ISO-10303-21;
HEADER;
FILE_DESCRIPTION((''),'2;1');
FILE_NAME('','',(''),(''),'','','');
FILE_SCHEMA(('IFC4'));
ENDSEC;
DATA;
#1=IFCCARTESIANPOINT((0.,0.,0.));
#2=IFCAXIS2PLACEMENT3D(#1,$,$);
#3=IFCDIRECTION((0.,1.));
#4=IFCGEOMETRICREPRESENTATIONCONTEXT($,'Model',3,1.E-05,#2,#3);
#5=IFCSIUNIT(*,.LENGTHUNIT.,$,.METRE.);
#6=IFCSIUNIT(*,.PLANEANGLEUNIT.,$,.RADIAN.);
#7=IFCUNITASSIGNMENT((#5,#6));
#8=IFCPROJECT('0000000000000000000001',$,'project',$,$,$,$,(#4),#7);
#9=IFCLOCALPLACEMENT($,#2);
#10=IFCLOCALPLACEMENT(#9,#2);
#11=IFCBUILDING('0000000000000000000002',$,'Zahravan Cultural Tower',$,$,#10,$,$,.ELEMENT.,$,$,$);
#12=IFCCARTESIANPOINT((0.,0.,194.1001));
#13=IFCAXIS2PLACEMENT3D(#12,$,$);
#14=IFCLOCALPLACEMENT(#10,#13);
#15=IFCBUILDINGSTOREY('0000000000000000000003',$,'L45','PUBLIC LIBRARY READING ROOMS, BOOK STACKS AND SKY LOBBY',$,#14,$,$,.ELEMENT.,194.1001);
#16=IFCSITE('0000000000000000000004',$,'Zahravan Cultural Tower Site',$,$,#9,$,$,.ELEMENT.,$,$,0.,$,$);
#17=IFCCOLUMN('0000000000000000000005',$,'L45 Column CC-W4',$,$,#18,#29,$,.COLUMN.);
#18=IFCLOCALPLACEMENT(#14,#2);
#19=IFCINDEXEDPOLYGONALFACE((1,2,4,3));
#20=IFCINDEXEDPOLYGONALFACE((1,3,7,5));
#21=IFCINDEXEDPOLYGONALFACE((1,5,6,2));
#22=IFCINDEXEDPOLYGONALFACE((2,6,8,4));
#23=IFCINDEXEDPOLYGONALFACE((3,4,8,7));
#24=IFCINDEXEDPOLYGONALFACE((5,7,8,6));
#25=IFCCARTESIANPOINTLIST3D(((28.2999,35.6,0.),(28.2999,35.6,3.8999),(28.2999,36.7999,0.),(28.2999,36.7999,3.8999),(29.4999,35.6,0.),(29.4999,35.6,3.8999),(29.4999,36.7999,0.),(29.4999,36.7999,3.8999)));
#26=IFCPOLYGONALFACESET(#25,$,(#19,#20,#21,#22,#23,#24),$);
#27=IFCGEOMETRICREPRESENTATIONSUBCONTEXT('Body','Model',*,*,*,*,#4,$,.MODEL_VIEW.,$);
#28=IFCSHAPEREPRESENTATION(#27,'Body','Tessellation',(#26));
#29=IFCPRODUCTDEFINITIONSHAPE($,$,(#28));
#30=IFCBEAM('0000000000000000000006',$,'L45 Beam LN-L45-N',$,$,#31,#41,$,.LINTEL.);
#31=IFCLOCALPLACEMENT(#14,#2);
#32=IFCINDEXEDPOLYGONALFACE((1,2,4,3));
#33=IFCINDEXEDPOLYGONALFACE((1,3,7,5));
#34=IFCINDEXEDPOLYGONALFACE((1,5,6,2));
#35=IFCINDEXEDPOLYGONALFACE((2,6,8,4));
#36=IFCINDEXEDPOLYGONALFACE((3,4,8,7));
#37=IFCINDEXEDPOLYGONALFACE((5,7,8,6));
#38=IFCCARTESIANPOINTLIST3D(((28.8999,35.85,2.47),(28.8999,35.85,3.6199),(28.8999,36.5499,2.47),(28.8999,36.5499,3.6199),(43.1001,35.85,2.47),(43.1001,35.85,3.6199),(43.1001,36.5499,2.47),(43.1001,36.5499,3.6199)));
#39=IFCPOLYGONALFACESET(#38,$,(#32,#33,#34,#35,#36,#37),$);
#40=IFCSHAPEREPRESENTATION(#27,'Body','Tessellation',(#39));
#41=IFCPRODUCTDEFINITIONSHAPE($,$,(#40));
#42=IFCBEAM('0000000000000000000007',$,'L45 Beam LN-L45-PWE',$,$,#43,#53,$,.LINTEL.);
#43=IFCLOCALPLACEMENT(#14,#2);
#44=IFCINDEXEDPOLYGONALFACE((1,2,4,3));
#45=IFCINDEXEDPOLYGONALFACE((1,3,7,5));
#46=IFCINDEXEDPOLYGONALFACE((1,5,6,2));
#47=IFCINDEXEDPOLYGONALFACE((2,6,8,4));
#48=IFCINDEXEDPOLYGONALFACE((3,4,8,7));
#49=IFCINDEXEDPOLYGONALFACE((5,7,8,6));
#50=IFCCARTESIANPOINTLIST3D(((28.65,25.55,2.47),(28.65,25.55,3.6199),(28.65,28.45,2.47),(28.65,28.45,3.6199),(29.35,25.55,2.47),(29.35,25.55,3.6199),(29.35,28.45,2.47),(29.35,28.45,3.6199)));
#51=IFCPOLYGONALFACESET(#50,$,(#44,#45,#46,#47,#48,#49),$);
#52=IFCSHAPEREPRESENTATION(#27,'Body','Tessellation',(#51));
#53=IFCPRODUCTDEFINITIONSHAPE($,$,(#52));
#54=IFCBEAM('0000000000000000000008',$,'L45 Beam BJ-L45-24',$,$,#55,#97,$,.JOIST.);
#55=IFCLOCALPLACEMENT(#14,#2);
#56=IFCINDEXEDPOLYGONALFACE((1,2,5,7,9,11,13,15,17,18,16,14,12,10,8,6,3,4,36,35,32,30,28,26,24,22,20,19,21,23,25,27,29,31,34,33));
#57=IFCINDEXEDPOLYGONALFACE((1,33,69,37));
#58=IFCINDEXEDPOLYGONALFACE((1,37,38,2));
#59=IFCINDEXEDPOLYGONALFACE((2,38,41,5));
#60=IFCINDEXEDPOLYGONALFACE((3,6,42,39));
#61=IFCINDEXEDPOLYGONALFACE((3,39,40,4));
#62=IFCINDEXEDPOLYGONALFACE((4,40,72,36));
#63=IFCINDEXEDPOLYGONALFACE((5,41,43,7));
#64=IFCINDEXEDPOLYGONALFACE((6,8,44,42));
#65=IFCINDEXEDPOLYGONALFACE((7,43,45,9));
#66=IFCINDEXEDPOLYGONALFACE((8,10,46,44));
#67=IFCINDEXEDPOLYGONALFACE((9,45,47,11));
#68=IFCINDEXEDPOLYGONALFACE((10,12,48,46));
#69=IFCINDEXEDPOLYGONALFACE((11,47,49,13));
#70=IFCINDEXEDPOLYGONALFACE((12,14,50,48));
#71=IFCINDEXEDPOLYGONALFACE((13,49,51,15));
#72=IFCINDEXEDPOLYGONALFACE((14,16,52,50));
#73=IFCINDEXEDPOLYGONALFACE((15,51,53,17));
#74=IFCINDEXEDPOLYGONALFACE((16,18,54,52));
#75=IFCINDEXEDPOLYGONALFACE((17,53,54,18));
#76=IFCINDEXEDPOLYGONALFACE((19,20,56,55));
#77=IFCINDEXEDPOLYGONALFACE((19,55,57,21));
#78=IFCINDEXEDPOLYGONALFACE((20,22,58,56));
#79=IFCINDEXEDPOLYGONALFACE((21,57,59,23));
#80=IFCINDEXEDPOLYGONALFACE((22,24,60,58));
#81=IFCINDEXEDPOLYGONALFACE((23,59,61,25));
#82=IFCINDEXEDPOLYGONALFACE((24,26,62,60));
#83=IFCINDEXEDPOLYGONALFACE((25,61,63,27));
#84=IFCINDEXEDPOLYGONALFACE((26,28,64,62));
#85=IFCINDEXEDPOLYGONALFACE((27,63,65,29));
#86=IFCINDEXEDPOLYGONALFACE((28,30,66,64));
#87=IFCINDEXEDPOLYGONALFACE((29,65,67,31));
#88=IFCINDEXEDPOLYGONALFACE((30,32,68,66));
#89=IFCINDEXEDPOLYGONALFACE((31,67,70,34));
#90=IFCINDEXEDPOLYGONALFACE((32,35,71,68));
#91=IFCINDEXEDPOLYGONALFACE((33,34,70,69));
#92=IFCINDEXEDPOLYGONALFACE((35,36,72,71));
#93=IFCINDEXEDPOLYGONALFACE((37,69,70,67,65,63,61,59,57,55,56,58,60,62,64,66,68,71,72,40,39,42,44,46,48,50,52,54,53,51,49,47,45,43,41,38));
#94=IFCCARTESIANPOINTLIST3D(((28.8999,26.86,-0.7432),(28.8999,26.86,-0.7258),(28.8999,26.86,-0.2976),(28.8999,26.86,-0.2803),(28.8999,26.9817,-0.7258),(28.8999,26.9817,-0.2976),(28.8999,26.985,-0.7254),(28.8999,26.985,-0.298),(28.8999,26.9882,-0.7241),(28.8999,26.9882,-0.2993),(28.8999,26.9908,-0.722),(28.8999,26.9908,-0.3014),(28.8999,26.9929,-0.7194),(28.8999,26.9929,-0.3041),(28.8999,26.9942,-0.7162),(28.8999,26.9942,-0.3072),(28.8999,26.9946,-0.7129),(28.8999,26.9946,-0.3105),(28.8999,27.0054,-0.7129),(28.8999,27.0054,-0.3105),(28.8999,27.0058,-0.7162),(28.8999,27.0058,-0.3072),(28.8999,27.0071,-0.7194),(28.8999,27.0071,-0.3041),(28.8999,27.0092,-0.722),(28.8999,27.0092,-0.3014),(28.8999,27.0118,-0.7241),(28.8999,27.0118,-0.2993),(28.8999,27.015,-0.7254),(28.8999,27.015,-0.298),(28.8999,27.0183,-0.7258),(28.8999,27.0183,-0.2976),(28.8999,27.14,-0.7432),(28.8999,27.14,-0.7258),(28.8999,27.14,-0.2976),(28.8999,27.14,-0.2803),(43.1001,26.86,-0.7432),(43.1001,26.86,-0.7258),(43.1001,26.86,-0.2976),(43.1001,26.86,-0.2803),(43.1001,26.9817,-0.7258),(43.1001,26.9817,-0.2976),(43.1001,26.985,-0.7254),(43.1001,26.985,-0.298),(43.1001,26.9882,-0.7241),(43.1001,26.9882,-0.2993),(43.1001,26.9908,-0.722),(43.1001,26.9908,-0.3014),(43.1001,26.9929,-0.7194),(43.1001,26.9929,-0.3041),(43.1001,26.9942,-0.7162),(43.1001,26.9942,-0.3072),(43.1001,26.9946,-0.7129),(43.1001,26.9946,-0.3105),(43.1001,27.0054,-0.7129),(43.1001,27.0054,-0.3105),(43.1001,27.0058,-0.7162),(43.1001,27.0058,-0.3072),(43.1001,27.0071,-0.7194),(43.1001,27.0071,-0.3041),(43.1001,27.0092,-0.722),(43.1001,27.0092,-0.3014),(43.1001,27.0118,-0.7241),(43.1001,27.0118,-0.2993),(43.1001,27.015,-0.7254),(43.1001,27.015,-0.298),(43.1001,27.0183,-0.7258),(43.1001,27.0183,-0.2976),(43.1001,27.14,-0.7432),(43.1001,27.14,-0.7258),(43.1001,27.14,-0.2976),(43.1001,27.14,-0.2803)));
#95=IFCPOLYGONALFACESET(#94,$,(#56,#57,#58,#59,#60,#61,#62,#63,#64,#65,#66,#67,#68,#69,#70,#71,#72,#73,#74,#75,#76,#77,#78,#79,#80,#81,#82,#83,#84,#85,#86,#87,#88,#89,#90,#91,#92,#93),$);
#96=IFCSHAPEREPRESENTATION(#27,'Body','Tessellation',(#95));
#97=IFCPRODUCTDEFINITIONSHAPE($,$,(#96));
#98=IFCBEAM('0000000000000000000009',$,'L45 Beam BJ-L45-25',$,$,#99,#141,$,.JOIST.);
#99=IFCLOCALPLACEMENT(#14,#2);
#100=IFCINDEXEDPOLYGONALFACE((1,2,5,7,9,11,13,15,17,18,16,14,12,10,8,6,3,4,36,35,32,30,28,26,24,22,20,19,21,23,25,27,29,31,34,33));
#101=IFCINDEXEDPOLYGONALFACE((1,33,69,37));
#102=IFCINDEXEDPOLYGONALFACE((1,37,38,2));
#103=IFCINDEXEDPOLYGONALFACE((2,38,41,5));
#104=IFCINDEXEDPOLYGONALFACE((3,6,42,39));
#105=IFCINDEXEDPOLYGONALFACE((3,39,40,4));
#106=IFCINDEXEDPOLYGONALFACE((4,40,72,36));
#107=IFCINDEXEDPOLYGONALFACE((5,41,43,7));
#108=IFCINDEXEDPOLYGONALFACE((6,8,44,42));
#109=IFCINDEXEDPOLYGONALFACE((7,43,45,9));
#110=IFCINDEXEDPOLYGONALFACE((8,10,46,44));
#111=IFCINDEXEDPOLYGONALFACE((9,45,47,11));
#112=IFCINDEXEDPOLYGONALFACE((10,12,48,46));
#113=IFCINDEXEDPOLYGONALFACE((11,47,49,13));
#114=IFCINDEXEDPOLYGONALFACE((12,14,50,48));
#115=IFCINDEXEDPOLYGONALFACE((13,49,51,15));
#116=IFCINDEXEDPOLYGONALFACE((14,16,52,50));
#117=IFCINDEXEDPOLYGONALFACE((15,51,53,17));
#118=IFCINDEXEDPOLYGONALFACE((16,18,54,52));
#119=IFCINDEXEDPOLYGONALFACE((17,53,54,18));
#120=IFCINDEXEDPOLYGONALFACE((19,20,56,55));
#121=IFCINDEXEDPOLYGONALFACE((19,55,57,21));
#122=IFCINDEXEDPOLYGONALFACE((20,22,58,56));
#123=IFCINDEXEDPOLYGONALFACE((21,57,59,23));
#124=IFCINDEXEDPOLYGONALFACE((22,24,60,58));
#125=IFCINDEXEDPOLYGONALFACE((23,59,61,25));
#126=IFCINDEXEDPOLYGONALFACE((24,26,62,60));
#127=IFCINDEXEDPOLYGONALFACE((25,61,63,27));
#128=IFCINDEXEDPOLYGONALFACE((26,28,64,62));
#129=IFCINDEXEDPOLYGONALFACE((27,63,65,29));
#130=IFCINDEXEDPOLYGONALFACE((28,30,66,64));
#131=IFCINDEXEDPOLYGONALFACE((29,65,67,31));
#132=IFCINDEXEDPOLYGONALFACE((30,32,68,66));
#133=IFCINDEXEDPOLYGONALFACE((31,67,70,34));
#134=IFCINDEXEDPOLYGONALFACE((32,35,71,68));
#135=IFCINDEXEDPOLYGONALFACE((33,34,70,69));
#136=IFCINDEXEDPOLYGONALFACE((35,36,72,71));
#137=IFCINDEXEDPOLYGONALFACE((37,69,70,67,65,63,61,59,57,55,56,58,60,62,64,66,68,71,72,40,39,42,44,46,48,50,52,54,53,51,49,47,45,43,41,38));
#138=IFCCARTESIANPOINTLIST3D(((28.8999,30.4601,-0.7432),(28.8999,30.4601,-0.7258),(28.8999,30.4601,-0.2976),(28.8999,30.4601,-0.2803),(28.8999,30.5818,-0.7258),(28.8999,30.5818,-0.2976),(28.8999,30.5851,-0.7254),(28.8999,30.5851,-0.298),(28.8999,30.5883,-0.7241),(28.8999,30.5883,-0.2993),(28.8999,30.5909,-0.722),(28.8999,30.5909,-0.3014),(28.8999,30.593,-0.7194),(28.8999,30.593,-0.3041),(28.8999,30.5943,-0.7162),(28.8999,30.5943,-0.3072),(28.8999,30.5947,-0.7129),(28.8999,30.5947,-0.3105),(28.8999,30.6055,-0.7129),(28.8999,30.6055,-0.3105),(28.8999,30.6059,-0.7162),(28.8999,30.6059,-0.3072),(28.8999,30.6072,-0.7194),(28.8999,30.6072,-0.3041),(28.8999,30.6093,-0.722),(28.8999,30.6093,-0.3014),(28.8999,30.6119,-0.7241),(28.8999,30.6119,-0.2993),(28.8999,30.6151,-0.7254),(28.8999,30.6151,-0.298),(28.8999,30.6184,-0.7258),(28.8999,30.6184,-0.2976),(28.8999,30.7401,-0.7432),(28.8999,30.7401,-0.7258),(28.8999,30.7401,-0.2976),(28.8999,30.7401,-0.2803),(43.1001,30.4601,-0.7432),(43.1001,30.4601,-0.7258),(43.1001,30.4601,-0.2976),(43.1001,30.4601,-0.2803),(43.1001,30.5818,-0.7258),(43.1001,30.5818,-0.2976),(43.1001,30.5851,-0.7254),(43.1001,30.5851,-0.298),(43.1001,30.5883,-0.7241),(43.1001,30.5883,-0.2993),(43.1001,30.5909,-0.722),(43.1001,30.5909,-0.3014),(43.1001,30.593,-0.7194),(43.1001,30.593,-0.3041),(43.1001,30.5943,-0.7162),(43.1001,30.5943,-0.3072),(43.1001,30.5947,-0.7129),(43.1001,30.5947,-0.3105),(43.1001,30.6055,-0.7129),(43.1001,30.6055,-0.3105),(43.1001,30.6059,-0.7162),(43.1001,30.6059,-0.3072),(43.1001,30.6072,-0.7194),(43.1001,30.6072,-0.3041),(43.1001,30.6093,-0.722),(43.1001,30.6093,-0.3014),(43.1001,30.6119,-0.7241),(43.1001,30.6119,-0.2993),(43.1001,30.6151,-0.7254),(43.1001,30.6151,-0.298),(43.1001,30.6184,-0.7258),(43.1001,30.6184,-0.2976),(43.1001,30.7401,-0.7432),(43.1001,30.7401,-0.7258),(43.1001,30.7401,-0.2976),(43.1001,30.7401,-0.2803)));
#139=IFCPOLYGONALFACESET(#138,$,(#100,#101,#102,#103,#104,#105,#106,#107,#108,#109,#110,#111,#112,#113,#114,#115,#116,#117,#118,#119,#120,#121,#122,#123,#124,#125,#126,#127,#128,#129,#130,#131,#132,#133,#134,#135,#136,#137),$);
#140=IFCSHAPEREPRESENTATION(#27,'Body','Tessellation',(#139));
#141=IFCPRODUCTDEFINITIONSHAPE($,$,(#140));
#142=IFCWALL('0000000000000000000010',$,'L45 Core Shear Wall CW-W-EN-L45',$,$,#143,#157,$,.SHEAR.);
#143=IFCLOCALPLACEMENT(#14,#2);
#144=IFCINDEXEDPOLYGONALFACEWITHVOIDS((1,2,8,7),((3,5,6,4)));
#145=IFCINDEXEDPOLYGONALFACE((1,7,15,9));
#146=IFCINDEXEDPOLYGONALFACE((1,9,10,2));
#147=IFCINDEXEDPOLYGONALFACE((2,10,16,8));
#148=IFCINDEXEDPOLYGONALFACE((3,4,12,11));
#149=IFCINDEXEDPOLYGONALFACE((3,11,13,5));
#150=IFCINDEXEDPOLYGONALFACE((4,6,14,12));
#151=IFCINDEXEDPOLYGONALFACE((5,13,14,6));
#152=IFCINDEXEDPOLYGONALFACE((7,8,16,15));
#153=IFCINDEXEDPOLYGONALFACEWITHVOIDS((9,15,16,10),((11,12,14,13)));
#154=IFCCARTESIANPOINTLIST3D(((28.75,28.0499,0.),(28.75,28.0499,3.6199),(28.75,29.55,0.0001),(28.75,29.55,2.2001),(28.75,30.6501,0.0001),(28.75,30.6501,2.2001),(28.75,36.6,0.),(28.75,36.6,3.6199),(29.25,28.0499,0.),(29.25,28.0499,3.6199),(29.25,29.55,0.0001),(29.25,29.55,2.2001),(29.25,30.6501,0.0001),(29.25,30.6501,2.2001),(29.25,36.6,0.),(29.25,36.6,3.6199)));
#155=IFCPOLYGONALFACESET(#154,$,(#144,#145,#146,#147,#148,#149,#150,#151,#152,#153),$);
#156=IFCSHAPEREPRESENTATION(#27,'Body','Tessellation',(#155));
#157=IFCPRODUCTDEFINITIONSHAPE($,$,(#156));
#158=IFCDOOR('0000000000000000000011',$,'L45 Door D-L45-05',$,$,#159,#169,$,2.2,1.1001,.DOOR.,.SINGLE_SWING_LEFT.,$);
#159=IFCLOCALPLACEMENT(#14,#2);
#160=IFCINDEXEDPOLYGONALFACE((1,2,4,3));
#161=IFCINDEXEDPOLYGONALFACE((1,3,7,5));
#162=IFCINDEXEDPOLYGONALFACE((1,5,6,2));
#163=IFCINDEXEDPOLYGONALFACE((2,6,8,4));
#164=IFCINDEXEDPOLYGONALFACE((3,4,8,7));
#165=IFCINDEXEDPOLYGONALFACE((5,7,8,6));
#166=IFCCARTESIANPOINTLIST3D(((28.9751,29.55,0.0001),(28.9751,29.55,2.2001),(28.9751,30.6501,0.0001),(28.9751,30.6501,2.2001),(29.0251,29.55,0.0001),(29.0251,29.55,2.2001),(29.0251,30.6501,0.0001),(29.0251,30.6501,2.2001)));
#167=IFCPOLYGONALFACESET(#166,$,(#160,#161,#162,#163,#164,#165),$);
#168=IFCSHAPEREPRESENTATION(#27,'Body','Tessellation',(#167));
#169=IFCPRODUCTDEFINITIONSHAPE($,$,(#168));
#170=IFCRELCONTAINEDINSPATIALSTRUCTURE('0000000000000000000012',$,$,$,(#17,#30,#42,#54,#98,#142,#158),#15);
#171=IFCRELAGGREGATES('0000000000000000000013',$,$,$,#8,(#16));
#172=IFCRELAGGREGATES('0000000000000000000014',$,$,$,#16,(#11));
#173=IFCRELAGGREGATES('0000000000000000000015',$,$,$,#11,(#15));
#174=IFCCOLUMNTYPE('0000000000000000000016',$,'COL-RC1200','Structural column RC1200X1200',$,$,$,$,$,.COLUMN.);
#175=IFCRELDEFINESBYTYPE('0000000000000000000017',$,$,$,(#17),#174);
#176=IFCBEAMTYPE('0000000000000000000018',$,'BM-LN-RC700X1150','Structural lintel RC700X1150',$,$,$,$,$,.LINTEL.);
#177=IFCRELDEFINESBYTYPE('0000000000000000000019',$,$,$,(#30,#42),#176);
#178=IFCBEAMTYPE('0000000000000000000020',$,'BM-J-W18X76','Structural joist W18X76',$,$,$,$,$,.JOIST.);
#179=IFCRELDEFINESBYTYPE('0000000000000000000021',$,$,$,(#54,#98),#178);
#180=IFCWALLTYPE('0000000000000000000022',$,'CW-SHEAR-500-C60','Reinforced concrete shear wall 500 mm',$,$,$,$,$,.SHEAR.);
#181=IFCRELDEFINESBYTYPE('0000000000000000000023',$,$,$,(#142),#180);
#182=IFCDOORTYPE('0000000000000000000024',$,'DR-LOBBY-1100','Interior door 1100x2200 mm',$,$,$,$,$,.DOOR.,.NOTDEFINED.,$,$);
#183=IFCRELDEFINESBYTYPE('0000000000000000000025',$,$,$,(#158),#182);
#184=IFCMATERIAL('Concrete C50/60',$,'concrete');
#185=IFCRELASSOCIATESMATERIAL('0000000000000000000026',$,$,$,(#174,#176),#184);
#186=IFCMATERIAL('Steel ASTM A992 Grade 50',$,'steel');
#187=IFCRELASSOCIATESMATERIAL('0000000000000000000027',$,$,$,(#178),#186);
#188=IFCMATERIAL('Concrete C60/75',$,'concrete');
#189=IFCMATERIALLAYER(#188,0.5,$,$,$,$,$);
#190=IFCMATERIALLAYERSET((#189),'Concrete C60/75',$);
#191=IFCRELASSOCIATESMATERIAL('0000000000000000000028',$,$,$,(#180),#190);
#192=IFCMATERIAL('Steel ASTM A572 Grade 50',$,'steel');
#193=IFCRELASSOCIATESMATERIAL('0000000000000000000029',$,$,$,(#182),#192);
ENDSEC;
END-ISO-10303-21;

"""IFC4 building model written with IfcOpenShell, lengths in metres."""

from ifc_helpers import new_model, si_unit, direction, frame, frame_2d, origin, origin_2d, place, context, subcontext, project, spatial, rectangle, i_section, extrude, source, transform, mapped, material, layer, layer_set, material_profile, profile_set, type_object, element, fill, save


model = new_model("IFC4")

# Units and contexts
model_context = context("Model", 3, precision=1e-05, world=origin(), true_north=direction((0.0, 1.0)))
body_context = subcontext(model_context, "Body", "Model", "MODEL_VIEW")
ifc_project = project(units=[si_unit("LENGTHUNIT", "METRE"), si_unit("PLANEANGLEUNIT", "RADIAN")], contexts=[model_context])

# Site, building, storey
site_placement = place(None, origin())
site = spatial("IfcSite", under=ifc_project, at=site_placement, Name="Zahravan Cultural Tower Site", CompositionType="ELEMENT", RefElevation=0.0)
building_placement = place(site_placement, origin())
building = spatial("IfcBuilding", under=site, at=building_placement, Name="Zahravan Cultural Tower", CompositionType="ELEMENT")
storey_placement = place(building_placement, frame((0.0, 0.0, 194.1001)))
storey = spatial("IfcBuildingStorey", under=building, at=storey_placement, Name="L45", Description="PUBLIC LIBRARY READING ROOMS, BOOK STACKS AND SKY LOBBY", CompositionType="ELEMENT", Elevation=194.1001)

# Column
ifc_material_1 = material(Name="Concrete C50/60", Category="concrete")
ifc_material_profile_1 = material_profile(ifc_material_1, rectangle(XDim=1.2, YDim=1.2, at=origin_2d()), Name="RC1200X1200")
ifc_profile_set_1 = profile_set([ifc_material_profile_1], Name="Concrete C50/60")
column_type = type_object("IfcColumnType", Name="COL-RC1200", Description="Structural column RC1200X1200", PredefinedType="COLUMN", material=ifc_profile_set_1)
shared_shape_1 = source(origin(), body_context, "Body", "SweptSolid", [
    extrude(rectangle(XDim=1.2, YDim=1.2, at=origin_2d()), origin(), (0.0, 0.0, 1.0), 3.8999),
])
column_placement = place(storey_placement, frame((28.8999, 36.2, 0.0), z_axis=(0.0, 0.0, 1.0), x_axis=(1.0, 0.0, 0.0)))
element("IfcColumn", 1, at=column_placement, inside=storey, type_object=column_type, Name="L45 Column CC-W4", PredefinedType="COLUMN", context=body_context, shape_type="MappedRepresentation", body=[
    mapped(shared_shape_1, transform((0.0, 0.0, 0.0), x_axis=(1.0, 0.0, 0.0), y_axis=(0.0, 1.0, 0.0), z_axis=(0.0, 0.0, 1.0), scale=1.0)),
])

# Beams
ifc_material_profile_2 = material_profile(ifc_material_1, rectangle(XDim=0.7, YDim=1.1499, at=origin_2d()), Name="RC700X1150")
ifc_profile_set_2 = profile_set([ifc_material_profile_2], Name="Concrete C50/60")
beam_type_1 = type_object("IfcBeamType", Name="BM-LN-RC700X1150", Description="Structural lintel RC700X1150", PredefinedType="LINTEL", material=ifc_profile_set_2)
shared_shape_2 = source(origin(), body_context, "Body", "SweptSolid", [
    extrude(rectangle(XDim=0.7, YDim=1.1499, at=origin_2d()), origin(), (0.0, 0.0, 1.0), 14.2002),
])
beam_1_placement = place(storey_placement, frame((28.8999, 36.2, 3.0449), z_axis=(1.0, 0.0, 0.0), x_axis=(0.0, 1.0, 0.0)))
element("IfcBeam", 2, at=beam_1_placement, inside=storey, type_object=beam_type_1, Name="L45 Beam LN-L45-N", PredefinedType="LINTEL", context=body_context, shape_type="MappedRepresentation", body=[
    mapped(shared_shape_2, transform((0.0, 0.0, 0.0), x_axis=(1.0, 0.0, 0.0), y_axis=(0.0, 1.0, 0.0), z_axis=(0.0, 0.0, 1.0), scale=1.0)),
])
shared_shape_3 = source(origin(), body_context, "Body", "SweptSolid", [
    extrude(rectangle(XDim=0.7, YDim=1.1499, at=origin_2d()), origin(), (0.0, 0.0, 1.0), 2.8999),
])
beam_2_placement = place(storey_placement, frame((29.0, 25.55, 3.0449), z_axis=(0.0, 1.0, 0.0), x_axis=(-1.0, 0.0, 0.0)))
element("IfcBeam", 3, at=beam_2_placement, inside=storey, type_object=beam_type_1, Name="L45 Beam LN-L45-PWE", PredefinedType="LINTEL", context=body_context, shape_type="MappedRepresentation", body=[
    mapped(shared_shape_3, transform((0.0, 0.0, 0.0), x_axis=(1.0, 0.0, 0.0), y_axis=(0.0, 1.0, 0.0), z_axis=(0.0, 0.0, 1.0), scale=1.0)),
])
ifc_material_2 = material(Name="Steel ASTM A992 Grade 50", Category="steel")
ifc_material_profile_3 = material_profile(ifc_material_2, i_section(OverallWidth=0.28, OverallDepth=0.4629, WebThickness=0.0107, FlangeThickness=0.0173, FilletRadius=0.0129, at=origin_2d()), Name="W18X76")
ifc_profile_set_3 = profile_set([ifc_material_profile_3], Name="Steel ASTM A992 Grade 50")
beam_type_2 = type_object("IfcBeamType", Name="BM-J-W18X76", Description="Structural joist W18X76", PredefinedType="JOIST", material=ifc_profile_set_3)
shared_shape_4 = source(origin(), body_context, "Body", "SweptSolid", [
    extrude(i_section(OverallWidth=0.28, OverallDepth=0.4629, WebThickness=0.0107, FlangeThickness=0.0173, FilletRadius=0.0129, at=origin_2d()), origin(), (0.0, 0.0, 1.0), 14.2002),
])
for number, where, z_axis, x_axis, name in (
    (4, (28.8999, 27.0, -0.5117), (1.0, 0.0, 0.0), (0.0, 1.0, 0.0), "L45 Beam BJ-L45-24"),
    (5, (28.8999, 30.6001, -0.5117), (1.0, 0.0, 0.0), (0.0, 1.0, 0.0), "L45 Beam BJ-L45-25"),
):
    element("IfcBeam", number, at=place(storey_placement, frame(where, z_axis=z_axis, x_axis=x_axis)), inside=storey, type_object=beam_type_2, Name=name, PredefinedType="JOIST", context=body_context, shape_type="MappedRepresentation", body=[
        mapped(shared_shape_4, transform((0.0, 0.0, 0.0), x_axis=(1.0, 0.0, 0.0), y_axis=(0.0, 1.0, 0.0), z_axis=(0.0, 0.0, 1.0), scale=1.0)),
    ])

# Wall, opening, door
ifc_material_3 = material(Name="Concrete C60/75", Category="concrete")
ifc_layer_1 = layer(ifc_material_3, 0.5)
ifc_layer_set_1 = layer_set([ifc_layer_1], Name="Concrete C60/75")
wall_type_1 = type_object("IfcWallType", Name="CW-SHEAR-500-C60", Description="Reinforced concrete shear wall 500 mm", PredefinedType="SHEAR", material=ifc_layer_set_1)
wall_1_placement = place(storey_placement, frame((29.0, 28.05, 0.0), z_axis=(0.0, 0.0, 1.0), x_axis=(0.0, 1.0, 0.0)))
wall_1 = element("IfcWall", 6, at=wall_1_placement, inside=storey, type_object=wall_type_1, Name="L45 Core Shear Wall CW-W-EN-L45", PredefinedType="SHEAR", context=body_context, shape_type="SweptSolid", body=[
    extrude(rectangle(XDim=8.55, YDim=0.5, at=frame_2d((4.2749, 0.0))), origin(), (0.0, 0.0, 1.0), 3.6199),
])
opening_1_placement = place(wall_1_placement, frame((1.5, 0.0, 0.0)))
opening_1 = element("IfcOpeningElement", 7, at=opening_1_placement, cuts=wall_1, PredefinedType="OPENING", context=body_context, shape_type="SweptSolid", body=[
    extrude(rectangle(XDim=1.1001, YDim=2.2, at=frame_2d((0.55, 1.1001))), frame((0.0, 0.26, 0.0), z_axis=(0.0, -1.0, 0.0), x_axis=(1.0, 0.0, 0.0)), (0.0, 0.0, 1.0), 0.52),
])
ifc_material_4 = material(Name="Steel ASTM A572 Grade 50", Category="steel")
door_type_1 = type_object("IfcDoorType", Name="DR-LOBBY-1100", Description="Interior door 1100x2200 mm", OperationType="NOTDEFINED", PredefinedType="DOOR", material=ifc_material_4)
shared_shape_5 = source(origin(), body_context, "Body", "SweptSolid", [
    extrude(rectangle(XDim=1.1001, YDim=2.2, at=frame_2d((0.55, 1.1001))), frame((0.0, 0.0249, 0.0), z_axis=(0.0, -1.0, 0.0), x_axis=(1.0, 0.0, 0.0)), (0.0, 0.0, 1.0), 0.05),
])
door_1_placement = place(opening_1_placement, origin())
door_1 = element("IfcDoor", 8, at=door_1_placement, inside=storey, type_object=door_type_1, Name="L45 Door D-L45-05", OperationType="SINGLE_SWING_LEFT", OverallHeight=2.2, OverallWidth=1.1001, PredefinedType="DOOR", context=body_context, shape_type="MappedRepresentation", body=[
    mapped(shared_shape_5, transform((0.0, 0.0, 0.0), x_axis=(1.0, 0.0, 0.0), y_axis=(0.0, 1.0, 0.0), z_axis=(0.0, 0.0, 1.0), scale=1.0)),
])
fill(opening_1, door_1)

save(model, "model.ifc")
